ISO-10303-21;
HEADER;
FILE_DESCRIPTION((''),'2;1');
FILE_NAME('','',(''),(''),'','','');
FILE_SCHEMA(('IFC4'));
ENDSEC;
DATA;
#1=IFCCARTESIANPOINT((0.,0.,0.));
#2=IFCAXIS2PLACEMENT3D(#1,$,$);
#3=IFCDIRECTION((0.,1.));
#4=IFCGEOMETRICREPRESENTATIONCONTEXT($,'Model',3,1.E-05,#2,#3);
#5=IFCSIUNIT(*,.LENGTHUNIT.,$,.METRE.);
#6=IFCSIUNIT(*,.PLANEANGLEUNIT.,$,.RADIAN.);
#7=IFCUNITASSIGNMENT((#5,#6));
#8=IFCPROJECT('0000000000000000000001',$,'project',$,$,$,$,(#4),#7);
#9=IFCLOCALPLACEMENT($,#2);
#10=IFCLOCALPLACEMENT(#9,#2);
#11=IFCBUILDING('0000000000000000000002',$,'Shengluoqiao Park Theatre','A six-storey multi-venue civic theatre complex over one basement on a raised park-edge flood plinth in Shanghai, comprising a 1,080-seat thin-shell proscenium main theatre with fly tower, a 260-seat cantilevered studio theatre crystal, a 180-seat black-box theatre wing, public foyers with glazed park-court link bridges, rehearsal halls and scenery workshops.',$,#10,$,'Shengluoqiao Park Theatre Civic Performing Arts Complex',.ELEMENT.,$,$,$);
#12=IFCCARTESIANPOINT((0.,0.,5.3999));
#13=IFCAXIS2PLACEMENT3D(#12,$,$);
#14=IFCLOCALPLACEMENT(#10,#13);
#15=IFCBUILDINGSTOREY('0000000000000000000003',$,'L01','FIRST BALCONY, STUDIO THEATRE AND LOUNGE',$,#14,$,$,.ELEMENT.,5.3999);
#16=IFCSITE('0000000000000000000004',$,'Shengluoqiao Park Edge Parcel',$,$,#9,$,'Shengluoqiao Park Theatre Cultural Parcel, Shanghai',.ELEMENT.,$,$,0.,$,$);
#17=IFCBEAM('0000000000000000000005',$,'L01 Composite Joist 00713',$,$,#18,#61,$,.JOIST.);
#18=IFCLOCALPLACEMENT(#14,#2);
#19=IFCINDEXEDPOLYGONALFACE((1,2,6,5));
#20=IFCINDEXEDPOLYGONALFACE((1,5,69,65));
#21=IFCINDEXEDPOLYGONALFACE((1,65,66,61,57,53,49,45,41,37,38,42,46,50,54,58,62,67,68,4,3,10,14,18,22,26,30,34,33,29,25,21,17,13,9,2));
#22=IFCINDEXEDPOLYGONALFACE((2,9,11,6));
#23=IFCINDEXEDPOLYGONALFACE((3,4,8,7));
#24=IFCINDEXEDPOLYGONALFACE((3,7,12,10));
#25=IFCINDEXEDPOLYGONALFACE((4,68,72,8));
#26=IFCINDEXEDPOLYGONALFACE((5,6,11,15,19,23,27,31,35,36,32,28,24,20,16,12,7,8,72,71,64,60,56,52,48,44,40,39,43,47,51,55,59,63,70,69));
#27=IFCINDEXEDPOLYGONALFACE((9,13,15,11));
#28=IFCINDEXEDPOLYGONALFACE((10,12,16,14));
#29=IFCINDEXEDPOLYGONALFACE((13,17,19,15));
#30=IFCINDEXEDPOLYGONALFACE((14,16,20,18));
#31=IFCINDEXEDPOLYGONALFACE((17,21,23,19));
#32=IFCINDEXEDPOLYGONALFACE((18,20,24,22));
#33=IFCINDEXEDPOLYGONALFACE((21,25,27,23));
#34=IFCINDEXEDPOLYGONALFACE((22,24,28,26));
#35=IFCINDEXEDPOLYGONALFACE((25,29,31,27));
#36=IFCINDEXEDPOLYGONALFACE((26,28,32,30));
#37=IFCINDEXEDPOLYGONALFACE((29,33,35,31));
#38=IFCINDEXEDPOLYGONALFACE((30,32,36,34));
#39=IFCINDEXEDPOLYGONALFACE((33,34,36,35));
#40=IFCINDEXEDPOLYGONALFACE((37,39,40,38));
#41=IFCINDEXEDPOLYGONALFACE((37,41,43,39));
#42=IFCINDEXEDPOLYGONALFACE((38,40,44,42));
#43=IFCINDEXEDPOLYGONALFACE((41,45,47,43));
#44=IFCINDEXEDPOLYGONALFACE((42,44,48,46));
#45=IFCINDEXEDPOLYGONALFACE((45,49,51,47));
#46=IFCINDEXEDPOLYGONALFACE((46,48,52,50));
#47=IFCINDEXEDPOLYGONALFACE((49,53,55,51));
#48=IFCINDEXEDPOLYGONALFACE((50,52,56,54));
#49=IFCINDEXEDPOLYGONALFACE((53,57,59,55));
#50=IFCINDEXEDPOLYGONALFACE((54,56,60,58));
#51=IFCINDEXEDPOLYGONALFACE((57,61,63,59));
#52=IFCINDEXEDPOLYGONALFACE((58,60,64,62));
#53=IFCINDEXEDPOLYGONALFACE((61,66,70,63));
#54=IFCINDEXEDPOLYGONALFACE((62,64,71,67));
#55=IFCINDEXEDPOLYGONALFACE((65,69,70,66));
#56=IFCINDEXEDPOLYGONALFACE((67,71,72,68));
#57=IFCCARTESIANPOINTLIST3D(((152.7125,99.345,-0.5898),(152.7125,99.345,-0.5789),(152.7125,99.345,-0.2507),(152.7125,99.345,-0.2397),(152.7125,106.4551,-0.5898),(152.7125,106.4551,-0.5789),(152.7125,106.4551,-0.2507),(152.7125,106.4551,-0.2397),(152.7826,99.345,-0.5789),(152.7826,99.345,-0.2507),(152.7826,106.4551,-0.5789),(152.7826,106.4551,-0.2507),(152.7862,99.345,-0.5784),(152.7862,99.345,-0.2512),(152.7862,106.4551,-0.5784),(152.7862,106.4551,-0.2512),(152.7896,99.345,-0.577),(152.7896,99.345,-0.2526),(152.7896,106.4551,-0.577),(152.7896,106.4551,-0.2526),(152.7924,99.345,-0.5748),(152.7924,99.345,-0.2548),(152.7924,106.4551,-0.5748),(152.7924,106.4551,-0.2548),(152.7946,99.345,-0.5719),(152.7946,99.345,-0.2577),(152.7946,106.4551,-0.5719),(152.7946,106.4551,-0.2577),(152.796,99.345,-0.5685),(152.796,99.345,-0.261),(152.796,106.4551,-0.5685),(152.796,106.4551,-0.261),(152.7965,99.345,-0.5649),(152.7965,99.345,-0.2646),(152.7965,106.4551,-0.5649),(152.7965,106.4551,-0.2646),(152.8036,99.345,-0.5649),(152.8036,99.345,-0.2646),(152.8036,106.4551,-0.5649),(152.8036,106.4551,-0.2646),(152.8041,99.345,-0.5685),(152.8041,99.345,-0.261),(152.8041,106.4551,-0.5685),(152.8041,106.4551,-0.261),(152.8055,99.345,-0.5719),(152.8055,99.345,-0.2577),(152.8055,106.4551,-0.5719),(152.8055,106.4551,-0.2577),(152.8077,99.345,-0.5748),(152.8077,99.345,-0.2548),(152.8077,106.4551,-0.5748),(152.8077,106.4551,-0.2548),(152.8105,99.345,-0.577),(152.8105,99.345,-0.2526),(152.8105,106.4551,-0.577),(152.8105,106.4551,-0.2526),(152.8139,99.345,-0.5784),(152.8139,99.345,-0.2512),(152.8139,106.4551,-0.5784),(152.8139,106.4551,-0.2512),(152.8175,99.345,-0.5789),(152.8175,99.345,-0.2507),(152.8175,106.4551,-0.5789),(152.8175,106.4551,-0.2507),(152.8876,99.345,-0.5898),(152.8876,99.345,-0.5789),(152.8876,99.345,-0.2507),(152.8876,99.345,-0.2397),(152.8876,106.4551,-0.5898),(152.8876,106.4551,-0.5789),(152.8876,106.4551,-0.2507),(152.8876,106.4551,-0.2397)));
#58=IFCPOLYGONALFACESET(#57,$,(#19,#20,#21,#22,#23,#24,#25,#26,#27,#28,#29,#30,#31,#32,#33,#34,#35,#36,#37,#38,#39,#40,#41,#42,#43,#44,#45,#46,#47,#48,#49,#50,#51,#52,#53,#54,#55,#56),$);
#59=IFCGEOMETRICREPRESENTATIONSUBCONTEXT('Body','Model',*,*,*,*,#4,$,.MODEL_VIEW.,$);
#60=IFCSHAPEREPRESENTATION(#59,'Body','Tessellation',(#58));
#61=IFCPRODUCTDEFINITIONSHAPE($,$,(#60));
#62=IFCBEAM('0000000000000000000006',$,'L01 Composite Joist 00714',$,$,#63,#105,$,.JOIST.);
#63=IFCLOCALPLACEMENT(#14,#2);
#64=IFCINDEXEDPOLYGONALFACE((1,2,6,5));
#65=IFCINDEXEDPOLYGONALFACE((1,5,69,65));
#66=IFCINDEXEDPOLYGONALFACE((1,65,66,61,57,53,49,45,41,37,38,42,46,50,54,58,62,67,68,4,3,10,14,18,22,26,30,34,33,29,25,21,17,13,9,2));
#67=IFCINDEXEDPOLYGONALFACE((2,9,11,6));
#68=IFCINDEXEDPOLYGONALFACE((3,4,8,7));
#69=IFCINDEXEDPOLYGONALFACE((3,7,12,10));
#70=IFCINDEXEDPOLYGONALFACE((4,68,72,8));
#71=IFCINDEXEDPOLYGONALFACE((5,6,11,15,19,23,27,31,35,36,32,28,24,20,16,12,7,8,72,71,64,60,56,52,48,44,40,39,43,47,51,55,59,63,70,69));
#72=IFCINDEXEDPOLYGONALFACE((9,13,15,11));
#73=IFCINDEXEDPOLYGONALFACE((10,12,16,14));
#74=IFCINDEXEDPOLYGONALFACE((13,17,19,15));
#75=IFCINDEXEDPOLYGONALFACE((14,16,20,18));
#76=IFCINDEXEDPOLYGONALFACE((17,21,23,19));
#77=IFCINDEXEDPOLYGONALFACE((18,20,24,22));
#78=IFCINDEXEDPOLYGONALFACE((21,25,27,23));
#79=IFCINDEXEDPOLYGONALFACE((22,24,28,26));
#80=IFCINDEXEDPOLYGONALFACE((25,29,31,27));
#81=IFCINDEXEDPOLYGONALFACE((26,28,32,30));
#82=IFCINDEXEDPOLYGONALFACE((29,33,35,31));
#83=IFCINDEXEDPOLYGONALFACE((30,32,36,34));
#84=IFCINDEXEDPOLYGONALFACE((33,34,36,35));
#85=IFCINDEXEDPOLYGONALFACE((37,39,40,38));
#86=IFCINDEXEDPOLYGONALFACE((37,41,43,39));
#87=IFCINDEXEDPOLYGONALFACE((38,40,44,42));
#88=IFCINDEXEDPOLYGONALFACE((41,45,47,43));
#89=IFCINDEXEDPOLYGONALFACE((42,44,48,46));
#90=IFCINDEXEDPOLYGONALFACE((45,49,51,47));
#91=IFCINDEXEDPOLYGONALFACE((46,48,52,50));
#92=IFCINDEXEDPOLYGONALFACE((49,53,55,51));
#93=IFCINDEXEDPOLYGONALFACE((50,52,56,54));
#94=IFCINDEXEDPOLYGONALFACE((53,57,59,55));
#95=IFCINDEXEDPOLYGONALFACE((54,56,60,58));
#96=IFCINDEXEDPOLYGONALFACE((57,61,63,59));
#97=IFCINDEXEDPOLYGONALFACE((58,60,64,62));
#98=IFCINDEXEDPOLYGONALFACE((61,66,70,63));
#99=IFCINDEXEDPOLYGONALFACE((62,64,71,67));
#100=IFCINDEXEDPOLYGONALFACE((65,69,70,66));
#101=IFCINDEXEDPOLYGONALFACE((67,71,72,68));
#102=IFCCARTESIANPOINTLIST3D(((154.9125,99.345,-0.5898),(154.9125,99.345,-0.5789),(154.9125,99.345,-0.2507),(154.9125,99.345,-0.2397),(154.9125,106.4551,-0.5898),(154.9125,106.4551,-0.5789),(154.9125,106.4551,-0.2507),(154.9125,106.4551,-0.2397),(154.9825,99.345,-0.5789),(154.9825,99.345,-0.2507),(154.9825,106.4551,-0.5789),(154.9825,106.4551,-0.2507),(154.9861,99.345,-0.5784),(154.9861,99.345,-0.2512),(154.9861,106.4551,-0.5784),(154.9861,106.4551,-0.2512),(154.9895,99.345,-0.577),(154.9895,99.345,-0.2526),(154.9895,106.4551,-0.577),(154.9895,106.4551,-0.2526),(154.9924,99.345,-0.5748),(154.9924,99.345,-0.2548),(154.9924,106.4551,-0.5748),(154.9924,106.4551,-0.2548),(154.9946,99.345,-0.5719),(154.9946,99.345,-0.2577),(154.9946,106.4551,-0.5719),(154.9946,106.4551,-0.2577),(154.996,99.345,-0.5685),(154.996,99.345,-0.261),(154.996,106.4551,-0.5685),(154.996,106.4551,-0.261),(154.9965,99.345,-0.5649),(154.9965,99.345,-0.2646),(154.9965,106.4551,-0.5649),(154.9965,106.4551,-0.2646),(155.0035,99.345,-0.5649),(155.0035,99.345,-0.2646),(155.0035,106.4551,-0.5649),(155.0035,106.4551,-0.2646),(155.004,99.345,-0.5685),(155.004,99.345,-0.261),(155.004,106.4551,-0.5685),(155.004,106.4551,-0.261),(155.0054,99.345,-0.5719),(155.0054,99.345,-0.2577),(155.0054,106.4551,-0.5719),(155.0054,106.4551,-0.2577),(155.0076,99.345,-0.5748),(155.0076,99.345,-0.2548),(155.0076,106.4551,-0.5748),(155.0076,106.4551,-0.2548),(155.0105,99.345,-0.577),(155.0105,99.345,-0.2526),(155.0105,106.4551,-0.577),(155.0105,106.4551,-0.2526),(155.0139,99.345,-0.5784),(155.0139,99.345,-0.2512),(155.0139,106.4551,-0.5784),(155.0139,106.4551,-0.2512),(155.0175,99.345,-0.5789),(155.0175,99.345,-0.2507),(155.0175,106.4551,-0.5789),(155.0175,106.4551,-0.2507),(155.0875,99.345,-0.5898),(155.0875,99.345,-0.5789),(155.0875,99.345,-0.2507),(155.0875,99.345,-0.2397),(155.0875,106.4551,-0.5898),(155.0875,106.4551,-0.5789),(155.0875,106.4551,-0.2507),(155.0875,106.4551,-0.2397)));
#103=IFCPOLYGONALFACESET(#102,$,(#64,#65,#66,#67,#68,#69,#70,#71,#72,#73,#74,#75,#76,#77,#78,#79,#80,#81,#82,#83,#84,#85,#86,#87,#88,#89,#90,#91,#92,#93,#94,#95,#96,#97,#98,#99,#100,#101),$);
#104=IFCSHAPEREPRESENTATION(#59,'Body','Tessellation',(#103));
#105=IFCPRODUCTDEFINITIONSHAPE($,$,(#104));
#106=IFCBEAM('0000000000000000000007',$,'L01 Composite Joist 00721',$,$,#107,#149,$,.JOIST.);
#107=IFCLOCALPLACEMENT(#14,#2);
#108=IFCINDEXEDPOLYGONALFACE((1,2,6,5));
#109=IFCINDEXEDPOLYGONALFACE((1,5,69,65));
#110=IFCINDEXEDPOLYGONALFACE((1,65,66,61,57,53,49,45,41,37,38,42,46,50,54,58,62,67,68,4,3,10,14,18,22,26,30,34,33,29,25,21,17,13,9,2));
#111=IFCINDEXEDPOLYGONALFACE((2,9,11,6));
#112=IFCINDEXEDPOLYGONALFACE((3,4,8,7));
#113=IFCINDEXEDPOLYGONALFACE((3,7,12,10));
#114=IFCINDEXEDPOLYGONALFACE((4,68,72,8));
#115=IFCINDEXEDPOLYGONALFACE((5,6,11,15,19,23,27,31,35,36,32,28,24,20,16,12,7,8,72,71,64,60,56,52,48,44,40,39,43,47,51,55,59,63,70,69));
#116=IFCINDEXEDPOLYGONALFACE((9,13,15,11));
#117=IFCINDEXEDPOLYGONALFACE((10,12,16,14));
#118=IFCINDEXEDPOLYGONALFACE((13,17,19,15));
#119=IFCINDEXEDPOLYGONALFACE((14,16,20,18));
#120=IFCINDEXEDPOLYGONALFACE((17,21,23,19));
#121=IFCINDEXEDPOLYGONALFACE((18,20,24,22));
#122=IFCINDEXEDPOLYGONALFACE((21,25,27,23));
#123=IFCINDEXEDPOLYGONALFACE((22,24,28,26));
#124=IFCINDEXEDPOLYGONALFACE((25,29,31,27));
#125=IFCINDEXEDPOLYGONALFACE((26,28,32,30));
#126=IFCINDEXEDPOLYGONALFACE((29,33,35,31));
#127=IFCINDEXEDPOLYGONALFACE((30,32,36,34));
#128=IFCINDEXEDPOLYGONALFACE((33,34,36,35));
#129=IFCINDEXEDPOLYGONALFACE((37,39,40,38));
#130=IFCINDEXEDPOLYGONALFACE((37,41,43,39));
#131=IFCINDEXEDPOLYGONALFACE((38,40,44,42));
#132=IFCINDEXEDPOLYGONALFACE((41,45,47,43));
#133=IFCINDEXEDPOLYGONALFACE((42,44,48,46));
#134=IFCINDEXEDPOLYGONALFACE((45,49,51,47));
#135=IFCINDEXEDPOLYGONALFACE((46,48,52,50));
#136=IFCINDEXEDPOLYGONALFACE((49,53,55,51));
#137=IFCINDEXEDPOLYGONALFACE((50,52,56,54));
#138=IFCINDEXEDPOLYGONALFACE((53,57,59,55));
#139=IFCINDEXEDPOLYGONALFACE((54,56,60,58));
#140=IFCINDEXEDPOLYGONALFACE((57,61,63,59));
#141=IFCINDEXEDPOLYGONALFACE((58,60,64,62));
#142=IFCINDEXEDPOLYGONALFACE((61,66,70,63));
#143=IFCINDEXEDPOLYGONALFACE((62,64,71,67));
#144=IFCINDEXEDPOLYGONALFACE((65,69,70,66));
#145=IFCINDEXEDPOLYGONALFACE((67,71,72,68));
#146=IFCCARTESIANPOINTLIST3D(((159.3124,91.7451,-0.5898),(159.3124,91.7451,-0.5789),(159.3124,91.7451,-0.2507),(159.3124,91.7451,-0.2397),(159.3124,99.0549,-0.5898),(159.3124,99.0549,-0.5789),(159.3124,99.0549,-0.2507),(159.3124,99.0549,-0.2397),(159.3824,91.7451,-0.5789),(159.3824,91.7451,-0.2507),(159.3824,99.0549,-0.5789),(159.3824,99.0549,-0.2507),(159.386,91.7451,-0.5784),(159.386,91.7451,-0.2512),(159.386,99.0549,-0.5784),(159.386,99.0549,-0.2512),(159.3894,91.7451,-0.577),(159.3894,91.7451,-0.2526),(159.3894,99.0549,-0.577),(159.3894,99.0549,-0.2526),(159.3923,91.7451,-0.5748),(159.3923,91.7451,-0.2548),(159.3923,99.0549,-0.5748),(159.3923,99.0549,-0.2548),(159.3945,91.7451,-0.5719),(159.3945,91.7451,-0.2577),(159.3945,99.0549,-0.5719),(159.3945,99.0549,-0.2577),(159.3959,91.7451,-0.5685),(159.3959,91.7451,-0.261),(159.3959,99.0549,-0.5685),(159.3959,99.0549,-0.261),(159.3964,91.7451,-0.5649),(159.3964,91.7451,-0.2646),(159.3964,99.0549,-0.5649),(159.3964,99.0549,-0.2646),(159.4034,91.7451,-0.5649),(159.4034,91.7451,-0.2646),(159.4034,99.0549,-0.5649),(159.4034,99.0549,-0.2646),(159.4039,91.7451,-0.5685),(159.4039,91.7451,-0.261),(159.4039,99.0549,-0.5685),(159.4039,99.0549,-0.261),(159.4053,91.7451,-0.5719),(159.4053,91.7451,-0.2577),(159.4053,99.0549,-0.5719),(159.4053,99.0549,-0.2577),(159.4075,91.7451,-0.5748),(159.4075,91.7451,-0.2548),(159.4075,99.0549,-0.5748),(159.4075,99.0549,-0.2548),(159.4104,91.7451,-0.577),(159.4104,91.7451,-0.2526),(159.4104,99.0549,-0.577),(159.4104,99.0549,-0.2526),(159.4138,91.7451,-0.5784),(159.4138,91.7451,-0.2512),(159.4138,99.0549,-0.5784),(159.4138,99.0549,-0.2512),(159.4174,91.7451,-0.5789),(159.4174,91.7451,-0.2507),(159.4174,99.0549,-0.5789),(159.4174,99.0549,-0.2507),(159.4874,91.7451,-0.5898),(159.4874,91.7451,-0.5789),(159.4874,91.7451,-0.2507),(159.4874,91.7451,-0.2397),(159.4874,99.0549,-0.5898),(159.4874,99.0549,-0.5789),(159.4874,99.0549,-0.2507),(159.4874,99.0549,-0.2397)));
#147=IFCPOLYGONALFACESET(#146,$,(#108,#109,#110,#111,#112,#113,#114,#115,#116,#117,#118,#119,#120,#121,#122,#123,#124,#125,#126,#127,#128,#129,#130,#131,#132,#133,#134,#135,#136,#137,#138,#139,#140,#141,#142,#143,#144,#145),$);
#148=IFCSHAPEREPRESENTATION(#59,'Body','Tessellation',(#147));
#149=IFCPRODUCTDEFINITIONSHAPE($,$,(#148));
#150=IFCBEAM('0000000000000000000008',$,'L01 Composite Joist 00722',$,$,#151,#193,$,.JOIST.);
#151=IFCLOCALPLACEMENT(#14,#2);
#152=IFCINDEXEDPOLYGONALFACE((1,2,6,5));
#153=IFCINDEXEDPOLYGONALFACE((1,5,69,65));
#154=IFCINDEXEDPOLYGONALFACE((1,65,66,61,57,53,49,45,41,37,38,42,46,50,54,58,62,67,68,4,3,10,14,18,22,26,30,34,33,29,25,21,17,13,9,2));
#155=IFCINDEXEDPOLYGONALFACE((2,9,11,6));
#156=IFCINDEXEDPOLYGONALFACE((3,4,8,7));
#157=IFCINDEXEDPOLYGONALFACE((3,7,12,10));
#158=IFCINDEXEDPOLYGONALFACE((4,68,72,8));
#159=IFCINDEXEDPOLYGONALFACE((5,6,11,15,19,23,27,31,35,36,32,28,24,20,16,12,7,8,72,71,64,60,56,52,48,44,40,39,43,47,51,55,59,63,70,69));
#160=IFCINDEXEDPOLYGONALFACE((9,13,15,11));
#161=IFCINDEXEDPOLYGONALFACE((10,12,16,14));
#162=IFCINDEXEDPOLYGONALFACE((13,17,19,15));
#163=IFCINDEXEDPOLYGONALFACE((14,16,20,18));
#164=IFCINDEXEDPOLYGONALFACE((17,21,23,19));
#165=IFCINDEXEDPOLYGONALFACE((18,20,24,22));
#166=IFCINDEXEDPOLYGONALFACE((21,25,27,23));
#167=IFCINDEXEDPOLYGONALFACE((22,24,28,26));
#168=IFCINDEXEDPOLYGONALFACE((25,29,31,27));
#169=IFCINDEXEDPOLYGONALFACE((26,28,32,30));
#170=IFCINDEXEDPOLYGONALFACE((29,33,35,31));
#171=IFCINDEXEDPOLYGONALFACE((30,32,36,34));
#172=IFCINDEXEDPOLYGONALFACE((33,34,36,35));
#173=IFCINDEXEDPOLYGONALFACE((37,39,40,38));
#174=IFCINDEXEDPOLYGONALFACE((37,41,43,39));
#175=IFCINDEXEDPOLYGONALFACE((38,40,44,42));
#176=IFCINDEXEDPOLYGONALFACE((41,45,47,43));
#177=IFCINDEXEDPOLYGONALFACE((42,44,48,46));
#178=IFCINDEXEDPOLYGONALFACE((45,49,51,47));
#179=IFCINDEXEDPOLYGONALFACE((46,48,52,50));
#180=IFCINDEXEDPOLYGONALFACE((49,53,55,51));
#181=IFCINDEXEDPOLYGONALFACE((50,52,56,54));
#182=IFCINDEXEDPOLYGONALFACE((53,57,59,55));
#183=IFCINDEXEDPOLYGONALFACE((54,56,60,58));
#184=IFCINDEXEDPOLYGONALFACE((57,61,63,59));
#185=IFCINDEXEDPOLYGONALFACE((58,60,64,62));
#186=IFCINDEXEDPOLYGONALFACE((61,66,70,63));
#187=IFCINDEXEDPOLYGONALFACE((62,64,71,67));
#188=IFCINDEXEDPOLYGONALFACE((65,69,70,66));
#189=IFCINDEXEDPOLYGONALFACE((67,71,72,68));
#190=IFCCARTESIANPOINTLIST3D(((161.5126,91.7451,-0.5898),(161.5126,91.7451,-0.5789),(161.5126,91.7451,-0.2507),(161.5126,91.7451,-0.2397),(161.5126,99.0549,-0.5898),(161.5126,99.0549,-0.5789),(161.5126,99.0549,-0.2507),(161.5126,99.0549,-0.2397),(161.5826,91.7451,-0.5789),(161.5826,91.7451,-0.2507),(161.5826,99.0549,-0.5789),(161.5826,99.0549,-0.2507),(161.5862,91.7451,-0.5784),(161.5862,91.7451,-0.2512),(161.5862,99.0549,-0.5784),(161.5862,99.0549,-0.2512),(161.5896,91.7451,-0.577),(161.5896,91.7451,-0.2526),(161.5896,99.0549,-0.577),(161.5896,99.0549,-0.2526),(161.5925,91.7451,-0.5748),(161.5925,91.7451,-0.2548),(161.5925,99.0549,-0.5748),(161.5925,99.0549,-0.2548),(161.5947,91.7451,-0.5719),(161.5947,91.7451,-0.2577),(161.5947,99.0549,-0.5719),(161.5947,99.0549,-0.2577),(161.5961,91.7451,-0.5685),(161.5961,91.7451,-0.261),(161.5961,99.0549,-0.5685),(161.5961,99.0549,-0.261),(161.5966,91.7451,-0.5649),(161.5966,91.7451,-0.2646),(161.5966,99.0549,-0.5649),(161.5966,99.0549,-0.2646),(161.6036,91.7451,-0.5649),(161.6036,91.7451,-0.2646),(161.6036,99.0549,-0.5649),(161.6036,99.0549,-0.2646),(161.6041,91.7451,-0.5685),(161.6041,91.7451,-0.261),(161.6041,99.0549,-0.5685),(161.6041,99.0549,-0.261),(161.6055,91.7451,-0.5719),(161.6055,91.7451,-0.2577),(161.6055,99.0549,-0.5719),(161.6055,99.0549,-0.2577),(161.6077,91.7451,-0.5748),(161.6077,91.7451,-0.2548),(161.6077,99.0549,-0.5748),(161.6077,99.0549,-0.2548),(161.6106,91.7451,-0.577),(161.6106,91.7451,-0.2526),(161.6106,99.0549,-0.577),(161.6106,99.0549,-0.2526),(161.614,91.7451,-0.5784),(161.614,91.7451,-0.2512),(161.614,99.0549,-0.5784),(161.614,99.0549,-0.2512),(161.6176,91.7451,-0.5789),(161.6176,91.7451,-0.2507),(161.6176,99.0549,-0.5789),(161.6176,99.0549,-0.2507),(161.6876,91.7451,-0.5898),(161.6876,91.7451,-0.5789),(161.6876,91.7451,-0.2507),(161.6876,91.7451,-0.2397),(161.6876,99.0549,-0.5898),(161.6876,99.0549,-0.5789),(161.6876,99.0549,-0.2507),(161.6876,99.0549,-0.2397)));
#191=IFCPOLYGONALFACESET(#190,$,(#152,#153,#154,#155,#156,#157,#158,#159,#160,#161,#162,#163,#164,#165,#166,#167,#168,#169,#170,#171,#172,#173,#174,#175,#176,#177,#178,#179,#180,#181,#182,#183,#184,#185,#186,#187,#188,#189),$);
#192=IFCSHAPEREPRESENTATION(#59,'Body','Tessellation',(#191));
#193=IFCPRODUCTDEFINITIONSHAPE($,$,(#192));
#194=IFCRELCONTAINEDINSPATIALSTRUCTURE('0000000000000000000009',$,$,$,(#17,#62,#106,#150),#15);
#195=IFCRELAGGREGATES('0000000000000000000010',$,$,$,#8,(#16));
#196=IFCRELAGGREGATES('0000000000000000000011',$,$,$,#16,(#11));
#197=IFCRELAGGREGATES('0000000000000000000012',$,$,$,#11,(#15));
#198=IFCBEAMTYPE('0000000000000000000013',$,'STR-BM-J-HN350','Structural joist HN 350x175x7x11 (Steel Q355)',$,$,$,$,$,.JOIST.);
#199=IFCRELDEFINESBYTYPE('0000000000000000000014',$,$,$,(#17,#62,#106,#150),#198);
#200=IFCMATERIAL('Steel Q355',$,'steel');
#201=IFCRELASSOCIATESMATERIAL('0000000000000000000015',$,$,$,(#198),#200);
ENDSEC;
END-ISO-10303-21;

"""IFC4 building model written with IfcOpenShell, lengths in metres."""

from ifc_helpers import new_model, si_unit, direction, frame, origin, origin_2d, place, context, subcontext, project, spatial, i_section, extrude, material, material_profile, profile_set, type_object, element, save


model = new_model("IFC4")

# Units and contexts
model_context = context("Model", 3, precision=1e-05, world=origin(), true_north=direction((0.0, 1.0)))
body_context = subcontext(model_context, "Body", "Model", "MODEL_VIEW")
ifc_project = project(units=[si_unit("LENGTHUNIT", "METRE"), si_unit("PLANEANGLEUNIT", "RADIAN")], contexts=[model_context])

# Site, building, storey
site_placement = place(None, origin())
site = spatial("IfcSite", under=ifc_project, at=site_placement, Name="Shengluoqiao Park Edge Parcel", LongName="Shengluoqiao Park Theatre Cultural Parcel, Shanghai", CompositionType="ELEMENT", RefElevation=0.0)
building_placement = place(site_placement, origin())
building = spatial("IfcBuilding", under=site, at=building_placement, Name="Shengluoqiao Park Theatre", Description="A six-storey multi-venue civic theatre complex over one basement on a raised park-edge flood plinth in Shanghai, comprising a 1,080-seat thin-shell proscenium main theatre with fly tower, a 260-seat cantilevered studio theatre crystal, a 180-seat black-box theatre wing, public foyers with glazed park-court link bridges, rehearsal halls and scenery workshops.", LongName="Shengluoqiao Park Theatre Civic Performing Arts Complex", CompositionType="ELEMENT")
storey_placement = place(building_placement, frame((0.0, 0.0, 5.3999)))
storey = spatial("IfcBuildingStorey", under=building, at=storey_placement, Name="L01", Description="FIRST BALCONY, STUDIO THEATRE AND LOUNGE", CompositionType="ELEMENT", Elevation=5.3999)

# Beams
ifc_material_1 = material(Name="Steel Q355", Category="steel")
ifc_material_profile_1 = material_profile(ifc_material_1, i_section(OverallWidth=0.175, OverallDepth=0.3501, WebThickness=0.0071, FlangeThickness=0.011, FilletRadius=0.0139, at=origin_2d()), Name="HN 350x175x7x11")
ifc_profile_set_1 = profile_set([ifc_material_profile_1], Name="Steel Q355")
beam_type_1 = type_object("IfcBeamType", Name="STR-BM-J-HN350", Description="Structural joist HN 350x175x7x11 (Steel Q355)", PredefinedType="JOIST", material=ifc_profile_set_1)
for number, where, z_axis, x_axis, name in (
    (1, (152.8, 99.345, -0.4148), (0.0, 1.0, 0.0), (-1.0, 0.0, 0.0), "L01 Composite Joist 00713"),
    (2, (155.0, 99.345, -0.4148), (0.0, 1.0, 0.0), (-1.0, 0.0, 0.0), "L01 Composite Joist 00714"),
):
    element("IfcBeam", number, at=place(storey_placement, frame(where, z_axis=z_axis, x_axis=x_axis)), inside=storey, type_object=beam_type_1, Name=name, PredefinedType="JOIST", context=body_context, shape_type="SweptSolid", body=[
        extrude(i_section(OverallWidth=0.175, OverallDepth=0.3501, WebThickness=0.0071, FlangeThickness=0.011, FilletRadius=0.0139, at=origin_2d()), origin(), (0.0, 0.0, 1.0), 7.1101),
    ])
for number, where, z_axis, x_axis, name in (
    (3, (159.3999, 91.7451, -0.4148), (0.0, 1.0, 0.0), (-1.0, 0.0, 0.0), "L01 Composite Joist 00721"),
    (4, (161.6001, 91.7451, -0.4148), (0.0, 1.0, 0.0), (-1.0, 0.0, 0.0), "L01 Composite Joist 00722"),
):
    element("IfcBeam", number, at=place(storey_placement, frame(where, z_axis=z_axis, x_axis=x_axis)), inside=storey, type_object=beam_type_1, Name=name, PredefinedType="JOIST", context=body_context, shape_type="SweptSolid", body=[
        extrude(i_section(OverallWidth=0.175, OverallDepth=0.3501, WebThickness=0.0071, FlangeThickness=0.011, FilletRadius=0.0139, at=origin_2d()), origin(), (0.0, 0.0, 1.0), 7.3098),
    ])

save(model, "model.ifc")
